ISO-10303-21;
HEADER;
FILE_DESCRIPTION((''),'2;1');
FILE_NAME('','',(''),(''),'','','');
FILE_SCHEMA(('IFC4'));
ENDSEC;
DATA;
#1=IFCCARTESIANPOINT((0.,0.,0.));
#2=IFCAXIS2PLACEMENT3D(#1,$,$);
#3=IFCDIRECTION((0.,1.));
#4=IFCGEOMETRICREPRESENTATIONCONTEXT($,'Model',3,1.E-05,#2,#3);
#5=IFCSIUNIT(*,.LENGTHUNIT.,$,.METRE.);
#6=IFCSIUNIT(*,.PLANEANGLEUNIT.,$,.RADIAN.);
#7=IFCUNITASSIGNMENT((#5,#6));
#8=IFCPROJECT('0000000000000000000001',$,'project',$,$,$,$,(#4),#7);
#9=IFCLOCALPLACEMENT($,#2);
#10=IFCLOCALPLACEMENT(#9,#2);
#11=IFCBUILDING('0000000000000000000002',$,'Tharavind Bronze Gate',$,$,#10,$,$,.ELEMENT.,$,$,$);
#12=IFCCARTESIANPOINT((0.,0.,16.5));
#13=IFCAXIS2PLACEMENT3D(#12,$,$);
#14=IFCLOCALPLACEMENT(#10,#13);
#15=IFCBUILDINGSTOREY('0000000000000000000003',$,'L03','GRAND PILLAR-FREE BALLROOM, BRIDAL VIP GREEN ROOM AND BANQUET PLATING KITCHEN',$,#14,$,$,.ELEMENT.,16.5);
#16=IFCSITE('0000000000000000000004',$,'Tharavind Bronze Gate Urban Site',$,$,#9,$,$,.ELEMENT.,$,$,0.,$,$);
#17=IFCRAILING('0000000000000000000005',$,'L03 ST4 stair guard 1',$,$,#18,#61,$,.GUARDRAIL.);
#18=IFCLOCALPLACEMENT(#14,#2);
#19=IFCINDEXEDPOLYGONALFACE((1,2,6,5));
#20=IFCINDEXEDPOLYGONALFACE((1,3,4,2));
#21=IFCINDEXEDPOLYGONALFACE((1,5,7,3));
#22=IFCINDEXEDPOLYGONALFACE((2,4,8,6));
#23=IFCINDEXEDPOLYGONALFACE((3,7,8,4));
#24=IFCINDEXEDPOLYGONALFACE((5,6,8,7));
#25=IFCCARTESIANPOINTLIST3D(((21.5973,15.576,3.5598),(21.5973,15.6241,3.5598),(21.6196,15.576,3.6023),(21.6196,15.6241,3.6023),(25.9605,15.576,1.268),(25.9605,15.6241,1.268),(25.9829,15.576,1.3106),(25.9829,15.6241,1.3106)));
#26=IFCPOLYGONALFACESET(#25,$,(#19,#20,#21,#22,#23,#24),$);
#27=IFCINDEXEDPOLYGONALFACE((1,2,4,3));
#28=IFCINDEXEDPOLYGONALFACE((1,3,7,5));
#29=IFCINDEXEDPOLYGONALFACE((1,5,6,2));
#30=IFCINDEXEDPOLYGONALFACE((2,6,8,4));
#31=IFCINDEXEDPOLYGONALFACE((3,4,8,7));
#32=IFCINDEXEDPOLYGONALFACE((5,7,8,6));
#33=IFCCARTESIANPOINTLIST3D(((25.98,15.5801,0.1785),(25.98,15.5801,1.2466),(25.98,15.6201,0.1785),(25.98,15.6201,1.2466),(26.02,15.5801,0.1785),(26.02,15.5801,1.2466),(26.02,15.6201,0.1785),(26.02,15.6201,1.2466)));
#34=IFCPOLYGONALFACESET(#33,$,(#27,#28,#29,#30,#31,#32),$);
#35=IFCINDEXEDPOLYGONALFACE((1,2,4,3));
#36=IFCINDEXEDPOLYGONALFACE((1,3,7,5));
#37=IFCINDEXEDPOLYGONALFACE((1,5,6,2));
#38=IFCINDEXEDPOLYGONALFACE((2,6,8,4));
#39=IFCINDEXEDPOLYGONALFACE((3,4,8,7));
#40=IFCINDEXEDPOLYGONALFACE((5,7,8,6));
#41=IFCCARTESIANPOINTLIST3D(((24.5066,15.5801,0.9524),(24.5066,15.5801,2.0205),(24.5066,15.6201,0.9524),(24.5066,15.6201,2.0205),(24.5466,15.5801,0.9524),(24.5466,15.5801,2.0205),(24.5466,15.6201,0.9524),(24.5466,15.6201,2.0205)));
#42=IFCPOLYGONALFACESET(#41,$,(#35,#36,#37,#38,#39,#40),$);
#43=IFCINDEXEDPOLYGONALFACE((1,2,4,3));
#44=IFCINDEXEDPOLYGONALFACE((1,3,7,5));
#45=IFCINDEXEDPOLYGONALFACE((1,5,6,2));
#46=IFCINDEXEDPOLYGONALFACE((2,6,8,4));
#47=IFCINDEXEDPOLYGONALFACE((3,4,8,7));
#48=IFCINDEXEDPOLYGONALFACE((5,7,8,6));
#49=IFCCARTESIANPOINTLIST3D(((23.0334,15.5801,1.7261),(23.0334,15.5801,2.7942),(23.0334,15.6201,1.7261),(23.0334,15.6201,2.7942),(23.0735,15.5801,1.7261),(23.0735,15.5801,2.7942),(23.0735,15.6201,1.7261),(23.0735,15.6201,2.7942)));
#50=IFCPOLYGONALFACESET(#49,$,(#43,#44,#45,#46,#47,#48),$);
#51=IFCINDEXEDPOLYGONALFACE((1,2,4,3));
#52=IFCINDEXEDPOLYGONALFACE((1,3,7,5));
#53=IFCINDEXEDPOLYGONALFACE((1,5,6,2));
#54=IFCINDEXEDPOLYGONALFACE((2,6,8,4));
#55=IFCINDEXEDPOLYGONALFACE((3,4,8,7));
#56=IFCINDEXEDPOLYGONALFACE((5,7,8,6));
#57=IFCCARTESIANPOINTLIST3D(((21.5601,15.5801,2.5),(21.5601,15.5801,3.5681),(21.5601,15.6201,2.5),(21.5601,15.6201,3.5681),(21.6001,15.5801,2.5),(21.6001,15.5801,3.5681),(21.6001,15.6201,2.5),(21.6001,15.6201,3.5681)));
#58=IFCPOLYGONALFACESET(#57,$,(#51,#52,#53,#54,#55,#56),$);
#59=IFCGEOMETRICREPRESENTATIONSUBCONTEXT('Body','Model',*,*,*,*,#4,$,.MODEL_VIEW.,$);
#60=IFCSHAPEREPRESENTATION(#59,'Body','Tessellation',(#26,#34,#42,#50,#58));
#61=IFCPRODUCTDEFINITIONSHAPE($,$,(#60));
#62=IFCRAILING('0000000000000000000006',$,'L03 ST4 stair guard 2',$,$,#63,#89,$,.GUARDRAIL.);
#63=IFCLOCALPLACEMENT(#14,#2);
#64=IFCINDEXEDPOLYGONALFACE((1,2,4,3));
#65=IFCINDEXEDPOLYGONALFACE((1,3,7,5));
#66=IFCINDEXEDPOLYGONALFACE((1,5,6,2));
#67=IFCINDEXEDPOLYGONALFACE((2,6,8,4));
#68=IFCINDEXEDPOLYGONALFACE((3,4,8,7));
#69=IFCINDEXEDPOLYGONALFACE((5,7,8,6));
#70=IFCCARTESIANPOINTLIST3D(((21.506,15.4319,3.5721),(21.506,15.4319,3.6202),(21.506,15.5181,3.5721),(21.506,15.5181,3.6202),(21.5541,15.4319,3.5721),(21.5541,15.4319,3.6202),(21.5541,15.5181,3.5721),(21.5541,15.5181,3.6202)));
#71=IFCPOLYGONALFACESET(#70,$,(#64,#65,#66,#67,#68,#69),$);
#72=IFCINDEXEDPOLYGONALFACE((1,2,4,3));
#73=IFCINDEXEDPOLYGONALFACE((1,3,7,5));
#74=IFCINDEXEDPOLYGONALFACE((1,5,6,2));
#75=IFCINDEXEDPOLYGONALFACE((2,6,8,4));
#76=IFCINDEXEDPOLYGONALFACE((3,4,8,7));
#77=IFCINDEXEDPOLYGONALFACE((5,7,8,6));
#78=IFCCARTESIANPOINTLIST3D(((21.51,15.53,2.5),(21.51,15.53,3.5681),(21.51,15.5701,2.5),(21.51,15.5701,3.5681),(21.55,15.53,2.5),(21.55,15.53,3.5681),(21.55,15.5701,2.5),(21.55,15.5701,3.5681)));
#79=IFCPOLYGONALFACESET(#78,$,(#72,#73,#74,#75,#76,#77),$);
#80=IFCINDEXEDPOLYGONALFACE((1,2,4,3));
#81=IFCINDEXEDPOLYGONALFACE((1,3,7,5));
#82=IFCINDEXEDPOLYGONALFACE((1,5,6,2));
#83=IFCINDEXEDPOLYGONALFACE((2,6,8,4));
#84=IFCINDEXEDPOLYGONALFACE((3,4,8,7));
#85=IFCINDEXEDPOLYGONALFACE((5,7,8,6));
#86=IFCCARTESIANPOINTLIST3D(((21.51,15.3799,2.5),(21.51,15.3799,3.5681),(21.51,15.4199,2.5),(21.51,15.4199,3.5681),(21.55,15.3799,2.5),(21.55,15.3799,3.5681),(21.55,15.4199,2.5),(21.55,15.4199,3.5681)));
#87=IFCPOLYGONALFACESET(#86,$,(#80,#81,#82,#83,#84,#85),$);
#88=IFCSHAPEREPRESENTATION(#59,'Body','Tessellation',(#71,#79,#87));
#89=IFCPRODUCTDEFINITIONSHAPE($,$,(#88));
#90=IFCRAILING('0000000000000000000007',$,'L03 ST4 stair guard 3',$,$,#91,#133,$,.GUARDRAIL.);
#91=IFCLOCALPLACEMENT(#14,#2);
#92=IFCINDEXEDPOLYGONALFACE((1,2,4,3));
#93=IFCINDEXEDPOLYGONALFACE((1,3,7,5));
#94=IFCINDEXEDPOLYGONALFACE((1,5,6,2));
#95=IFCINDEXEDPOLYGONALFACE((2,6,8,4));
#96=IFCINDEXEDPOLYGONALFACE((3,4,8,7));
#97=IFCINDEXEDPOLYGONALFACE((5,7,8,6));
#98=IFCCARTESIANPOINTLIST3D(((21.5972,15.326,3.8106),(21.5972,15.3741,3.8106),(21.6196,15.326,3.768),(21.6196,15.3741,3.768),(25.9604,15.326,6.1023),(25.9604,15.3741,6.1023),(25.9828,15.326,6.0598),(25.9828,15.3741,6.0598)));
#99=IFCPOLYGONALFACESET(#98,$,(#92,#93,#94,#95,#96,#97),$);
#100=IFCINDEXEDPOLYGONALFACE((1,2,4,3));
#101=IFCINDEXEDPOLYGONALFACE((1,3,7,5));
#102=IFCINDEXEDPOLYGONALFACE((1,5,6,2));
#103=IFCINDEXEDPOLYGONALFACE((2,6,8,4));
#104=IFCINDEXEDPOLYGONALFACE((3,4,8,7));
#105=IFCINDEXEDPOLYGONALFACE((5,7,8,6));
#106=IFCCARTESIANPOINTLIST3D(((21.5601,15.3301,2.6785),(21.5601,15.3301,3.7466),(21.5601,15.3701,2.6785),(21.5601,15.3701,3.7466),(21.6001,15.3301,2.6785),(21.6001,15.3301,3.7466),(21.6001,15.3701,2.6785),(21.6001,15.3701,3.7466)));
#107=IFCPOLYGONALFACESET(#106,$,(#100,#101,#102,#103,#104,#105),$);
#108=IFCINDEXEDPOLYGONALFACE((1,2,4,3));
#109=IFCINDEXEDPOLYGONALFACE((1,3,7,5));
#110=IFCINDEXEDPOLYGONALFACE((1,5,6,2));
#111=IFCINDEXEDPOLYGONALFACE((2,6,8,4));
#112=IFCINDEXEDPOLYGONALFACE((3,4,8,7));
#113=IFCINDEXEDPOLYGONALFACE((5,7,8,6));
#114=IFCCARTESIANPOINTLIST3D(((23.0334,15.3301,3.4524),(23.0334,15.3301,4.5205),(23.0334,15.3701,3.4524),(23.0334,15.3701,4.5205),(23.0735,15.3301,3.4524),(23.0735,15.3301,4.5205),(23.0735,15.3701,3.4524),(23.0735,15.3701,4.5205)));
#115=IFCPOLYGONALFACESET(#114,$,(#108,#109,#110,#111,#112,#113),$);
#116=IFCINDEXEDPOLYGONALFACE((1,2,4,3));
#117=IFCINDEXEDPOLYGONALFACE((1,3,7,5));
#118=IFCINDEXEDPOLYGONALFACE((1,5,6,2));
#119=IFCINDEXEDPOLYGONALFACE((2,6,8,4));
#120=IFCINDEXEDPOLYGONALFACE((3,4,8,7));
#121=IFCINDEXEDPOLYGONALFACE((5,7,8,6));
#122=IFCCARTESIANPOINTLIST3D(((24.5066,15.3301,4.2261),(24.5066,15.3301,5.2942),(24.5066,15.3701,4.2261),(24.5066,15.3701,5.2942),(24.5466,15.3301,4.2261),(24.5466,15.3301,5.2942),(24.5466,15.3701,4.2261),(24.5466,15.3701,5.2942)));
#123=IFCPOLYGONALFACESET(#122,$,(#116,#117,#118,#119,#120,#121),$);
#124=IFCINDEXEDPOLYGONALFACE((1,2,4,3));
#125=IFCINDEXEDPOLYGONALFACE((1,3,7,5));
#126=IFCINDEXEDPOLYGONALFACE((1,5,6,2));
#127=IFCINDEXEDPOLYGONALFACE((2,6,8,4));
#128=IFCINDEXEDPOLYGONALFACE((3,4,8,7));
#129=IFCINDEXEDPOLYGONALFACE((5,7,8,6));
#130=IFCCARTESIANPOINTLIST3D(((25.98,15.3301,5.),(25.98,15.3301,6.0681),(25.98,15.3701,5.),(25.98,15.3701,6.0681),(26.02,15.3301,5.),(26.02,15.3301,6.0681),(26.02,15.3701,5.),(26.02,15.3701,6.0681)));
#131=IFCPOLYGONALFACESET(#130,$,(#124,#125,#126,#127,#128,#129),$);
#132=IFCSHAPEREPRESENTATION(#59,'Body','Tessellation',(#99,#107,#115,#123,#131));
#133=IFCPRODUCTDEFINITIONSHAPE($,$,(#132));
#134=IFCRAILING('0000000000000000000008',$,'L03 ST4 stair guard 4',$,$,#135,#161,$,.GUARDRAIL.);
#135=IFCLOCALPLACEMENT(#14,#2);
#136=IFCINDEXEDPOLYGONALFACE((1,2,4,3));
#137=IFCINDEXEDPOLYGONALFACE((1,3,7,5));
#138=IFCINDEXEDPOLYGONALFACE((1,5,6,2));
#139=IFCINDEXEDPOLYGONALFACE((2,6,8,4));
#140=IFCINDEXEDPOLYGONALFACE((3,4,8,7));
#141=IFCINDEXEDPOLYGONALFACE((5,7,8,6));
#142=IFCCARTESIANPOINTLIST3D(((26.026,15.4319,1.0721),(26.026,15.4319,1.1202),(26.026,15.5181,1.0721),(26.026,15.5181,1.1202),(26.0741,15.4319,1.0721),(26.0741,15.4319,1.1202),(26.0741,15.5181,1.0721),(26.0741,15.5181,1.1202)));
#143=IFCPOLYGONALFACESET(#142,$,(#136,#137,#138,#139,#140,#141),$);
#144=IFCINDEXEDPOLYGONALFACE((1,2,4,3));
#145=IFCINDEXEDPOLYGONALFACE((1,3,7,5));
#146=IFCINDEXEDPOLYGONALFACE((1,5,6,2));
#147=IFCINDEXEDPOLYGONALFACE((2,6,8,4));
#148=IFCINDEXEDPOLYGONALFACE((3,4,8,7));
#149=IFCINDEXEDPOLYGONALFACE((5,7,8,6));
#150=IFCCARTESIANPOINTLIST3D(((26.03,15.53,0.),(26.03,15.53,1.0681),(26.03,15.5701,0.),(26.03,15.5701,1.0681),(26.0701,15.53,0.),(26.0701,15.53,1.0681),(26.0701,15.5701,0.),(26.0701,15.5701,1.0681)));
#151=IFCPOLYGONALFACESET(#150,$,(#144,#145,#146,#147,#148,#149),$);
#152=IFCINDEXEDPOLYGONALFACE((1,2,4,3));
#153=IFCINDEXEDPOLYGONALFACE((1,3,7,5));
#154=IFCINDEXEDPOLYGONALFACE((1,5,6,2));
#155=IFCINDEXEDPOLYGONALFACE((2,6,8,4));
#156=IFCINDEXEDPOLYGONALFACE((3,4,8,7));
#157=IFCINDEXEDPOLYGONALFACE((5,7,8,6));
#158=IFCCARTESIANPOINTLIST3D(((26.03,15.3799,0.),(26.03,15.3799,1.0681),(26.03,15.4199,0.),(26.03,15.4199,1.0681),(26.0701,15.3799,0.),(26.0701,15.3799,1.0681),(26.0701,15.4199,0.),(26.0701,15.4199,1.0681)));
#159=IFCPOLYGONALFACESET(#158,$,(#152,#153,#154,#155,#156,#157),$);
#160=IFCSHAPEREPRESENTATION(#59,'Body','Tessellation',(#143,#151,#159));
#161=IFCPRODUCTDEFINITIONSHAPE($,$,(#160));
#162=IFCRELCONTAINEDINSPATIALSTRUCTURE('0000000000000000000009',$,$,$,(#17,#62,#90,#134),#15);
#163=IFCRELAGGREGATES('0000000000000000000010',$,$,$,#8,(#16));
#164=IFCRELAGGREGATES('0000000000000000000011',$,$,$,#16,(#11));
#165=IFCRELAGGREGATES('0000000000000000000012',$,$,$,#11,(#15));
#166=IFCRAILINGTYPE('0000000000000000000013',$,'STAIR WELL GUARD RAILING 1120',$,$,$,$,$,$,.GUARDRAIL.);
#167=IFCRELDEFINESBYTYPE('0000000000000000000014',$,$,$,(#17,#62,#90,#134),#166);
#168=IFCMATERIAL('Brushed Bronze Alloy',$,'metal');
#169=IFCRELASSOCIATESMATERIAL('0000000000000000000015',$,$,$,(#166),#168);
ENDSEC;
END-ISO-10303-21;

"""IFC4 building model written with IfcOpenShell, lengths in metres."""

from ifc_helpers import new_model, si_unit, direction, frame, origin, origin_2d, place, context, subcontext, project, spatial, rectangle, extrude, material, type_object, element, save


model = new_model("IFC4")

# Units and contexts
model_context = context("Model", 3, precision=1e-05, world=origin(), true_north=direction((0.0, 1.0)))
body_context = subcontext(model_context, "Body", "Model", "MODEL_VIEW")
ifc_project = project(units=[si_unit("LENGTHUNIT", "METRE"), si_unit("PLANEANGLEUNIT", "RADIAN")], contexts=[model_context])

# Site, building, storey
site_placement = place(None, origin())
site = spatial("IfcSite", under=ifc_project, at=site_placement, Name="Tharavind Bronze Gate Urban Site", CompositionType="ELEMENT", RefElevation=0.0)
building_placement = place(site_placement, origin())
building = spatial("IfcBuilding", under=site, at=building_placement, Name="Tharavind Bronze Gate", CompositionType="ELEMENT")
storey_placement = place(building_placement, frame((0.0, 0.0, 16.5)))
storey = spatial("IfcBuildingStorey", under=building, at=storey_placement, Name="L03", Description="GRAND PILLAR-FREE BALLROOM, BRIDAL VIP GREEN ROOM AND BANQUET PLATING KITCHEN", CompositionType="ELEMENT", Elevation=16.5)

# Railings
ifc_material_1 = material(Name="Brushed Bronze Alloy", Category="metal")
railing_type_1 = type_object("IfcRailingType", Name="STAIR WELL GUARD RAILING 1120", PredefinedType="GUARDRAIL", material=ifc_material_1)
railing_1_placement = place(storey_placement, frame((26.0, 15.6001, 0.1785)))
element("IfcRailing", 1, at=railing_1_placement, inside=storey, type_object=railing_type_1, Name="L03 ST4 stair guard 1", PredefinedType="GUARDRAIL", context=body_context, shape_type="SweptSolid", body=[
    extrude(rectangle(XDim=0.0481, YDim=0.0481, at=origin_2d()), frame((-0.0283, 0.0, 1.1108), z_axis=(-0.885309, 0.0, 0.465003), x_axis=(0.0, -1.0, 0.0)), (0.0, 0.0, 1.0), 4.9285),
    extrude(rectangle(XDim=0.04, YDim=0.04, at=origin_2d()), origin(), (0.0, 0.0, 1.0), 1.0681),
    extrude(rectangle(XDim=0.04, YDim=0.04, at=origin_2d()), frame((-1.4734, 0.0, 0.7739)), (0.0, 0.0, 1.0), 1.0681),
    extrude(rectangle(XDim=0.04, YDim=0.04, at=origin_2d()), frame((-2.9465, 0.0, 1.5476)), (0.0, 0.0, 1.0), 1.0681),
    extrude(rectangle(XDim=0.04, YDim=0.04, at=origin_2d()), frame((-4.4199, 0.0, 2.3215)), (0.0, 0.0, 1.0), 1.0681),
])
railing_2_placement = place(storey_placement, frame((21.53, 15.55, 2.5)))
element("IfcRailing", 2, at=railing_2_placement, inside=storey, type_object=railing_type_1, Name="L03 ST4 stair guard 2", PredefinedType="GUARDRAIL", context=body_context, shape_type="SweptSolid", body=[
    extrude(rectangle(XDim=0.0481, YDim=0.0481, at=origin_2d()), frame((0.0, -0.032, 1.0962), z_axis=(0.0, -1.0, 0.0), x_axis=(1.0, 0.0, 0.0)), (0.0, 0.0, 1.0), 0.0862),
    extrude(rectangle(XDim=0.04, YDim=0.04, at=origin_2d()), origin(), (0.0, 0.0, 1.0), 1.0681),
    extrude(rectangle(XDim=0.04, YDim=0.04, at=origin_2d()), frame((0.0, -0.1501, 0.0)), (0.0, 0.0, 1.0), 1.0681),
])
railing_3_placement = place(storey_placement, frame((21.5801, 15.3501, 2.6785)))
element("IfcRailing", 3, at=railing_3_placement, inside=storey, type_object=railing_type_1, Name="L03 ST4 stair guard 3", PredefinedType="GUARDRAIL", context=body_context, shape_type="SweptSolid", body=[
    extrude(rectangle(XDim=0.0481, YDim=0.0481, at=origin_2d()), frame((0.0283, 0.0, 1.1108), z_axis=(0.885309, 0.0, 0.465003), x_axis=(0.0, 1.0, 0.0)), (0.0, 0.0, 1.0), 4.9285),
    extrude(rectangle(XDim=0.04, YDim=0.04, at=origin_2d()), origin(), (0.0, 0.0, 1.0), 1.0681),
    extrude(rectangle(XDim=0.04, YDim=0.04, at=origin_2d()), frame((1.4734, 0.0, 0.7739)), (0.0, 0.0, 1.0), 1.0681),
    extrude(rectangle(XDim=0.04, YDim=0.04, at=origin_2d()), frame((2.9465, 0.0, 1.5476)), (0.0, 0.0, 1.0), 1.0681),
    extrude(rectangle(XDim=0.04, YDim=0.04, at=origin_2d()), frame((4.4199, 0.0, 2.3215)), (0.0, 0.0, 1.0), 1.0681),
])
railing_4_placement = place(storey_placement, frame((26.05, 15.55, 0.0)))
element("IfcRailing", 4, at=railing_4_placement, inside=storey, type_object=railing_type_1, Name="L03 ST4 stair guard 4", PredefinedType="GUARDRAIL", context=body_context, shape_type="SweptSolid", body=[
    extrude(rectangle(XDim=0.0481, YDim=0.0481, at=origin_2d()), frame((0.0, -0.032, 1.0962), z_axis=(0.0, -1.0, 0.0), x_axis=(1.0, 0.0, 0.0)), (0.0, 0.0, 1.0), 0.0862),
    extrude(rectangle(XDim=0.04, YDim=0.04, at=origin_2d()), origin(), (0.0, 0.0, 1.0), 1.0681),
    extrude(rectangle(XDim=0.04, YDim=0.04, at=origin_2d()), frame((0.0, -0.1501, 0.0)), (0.0, 0.0, 1.0), 1.0681),
])

save(model, "model.ifc")
